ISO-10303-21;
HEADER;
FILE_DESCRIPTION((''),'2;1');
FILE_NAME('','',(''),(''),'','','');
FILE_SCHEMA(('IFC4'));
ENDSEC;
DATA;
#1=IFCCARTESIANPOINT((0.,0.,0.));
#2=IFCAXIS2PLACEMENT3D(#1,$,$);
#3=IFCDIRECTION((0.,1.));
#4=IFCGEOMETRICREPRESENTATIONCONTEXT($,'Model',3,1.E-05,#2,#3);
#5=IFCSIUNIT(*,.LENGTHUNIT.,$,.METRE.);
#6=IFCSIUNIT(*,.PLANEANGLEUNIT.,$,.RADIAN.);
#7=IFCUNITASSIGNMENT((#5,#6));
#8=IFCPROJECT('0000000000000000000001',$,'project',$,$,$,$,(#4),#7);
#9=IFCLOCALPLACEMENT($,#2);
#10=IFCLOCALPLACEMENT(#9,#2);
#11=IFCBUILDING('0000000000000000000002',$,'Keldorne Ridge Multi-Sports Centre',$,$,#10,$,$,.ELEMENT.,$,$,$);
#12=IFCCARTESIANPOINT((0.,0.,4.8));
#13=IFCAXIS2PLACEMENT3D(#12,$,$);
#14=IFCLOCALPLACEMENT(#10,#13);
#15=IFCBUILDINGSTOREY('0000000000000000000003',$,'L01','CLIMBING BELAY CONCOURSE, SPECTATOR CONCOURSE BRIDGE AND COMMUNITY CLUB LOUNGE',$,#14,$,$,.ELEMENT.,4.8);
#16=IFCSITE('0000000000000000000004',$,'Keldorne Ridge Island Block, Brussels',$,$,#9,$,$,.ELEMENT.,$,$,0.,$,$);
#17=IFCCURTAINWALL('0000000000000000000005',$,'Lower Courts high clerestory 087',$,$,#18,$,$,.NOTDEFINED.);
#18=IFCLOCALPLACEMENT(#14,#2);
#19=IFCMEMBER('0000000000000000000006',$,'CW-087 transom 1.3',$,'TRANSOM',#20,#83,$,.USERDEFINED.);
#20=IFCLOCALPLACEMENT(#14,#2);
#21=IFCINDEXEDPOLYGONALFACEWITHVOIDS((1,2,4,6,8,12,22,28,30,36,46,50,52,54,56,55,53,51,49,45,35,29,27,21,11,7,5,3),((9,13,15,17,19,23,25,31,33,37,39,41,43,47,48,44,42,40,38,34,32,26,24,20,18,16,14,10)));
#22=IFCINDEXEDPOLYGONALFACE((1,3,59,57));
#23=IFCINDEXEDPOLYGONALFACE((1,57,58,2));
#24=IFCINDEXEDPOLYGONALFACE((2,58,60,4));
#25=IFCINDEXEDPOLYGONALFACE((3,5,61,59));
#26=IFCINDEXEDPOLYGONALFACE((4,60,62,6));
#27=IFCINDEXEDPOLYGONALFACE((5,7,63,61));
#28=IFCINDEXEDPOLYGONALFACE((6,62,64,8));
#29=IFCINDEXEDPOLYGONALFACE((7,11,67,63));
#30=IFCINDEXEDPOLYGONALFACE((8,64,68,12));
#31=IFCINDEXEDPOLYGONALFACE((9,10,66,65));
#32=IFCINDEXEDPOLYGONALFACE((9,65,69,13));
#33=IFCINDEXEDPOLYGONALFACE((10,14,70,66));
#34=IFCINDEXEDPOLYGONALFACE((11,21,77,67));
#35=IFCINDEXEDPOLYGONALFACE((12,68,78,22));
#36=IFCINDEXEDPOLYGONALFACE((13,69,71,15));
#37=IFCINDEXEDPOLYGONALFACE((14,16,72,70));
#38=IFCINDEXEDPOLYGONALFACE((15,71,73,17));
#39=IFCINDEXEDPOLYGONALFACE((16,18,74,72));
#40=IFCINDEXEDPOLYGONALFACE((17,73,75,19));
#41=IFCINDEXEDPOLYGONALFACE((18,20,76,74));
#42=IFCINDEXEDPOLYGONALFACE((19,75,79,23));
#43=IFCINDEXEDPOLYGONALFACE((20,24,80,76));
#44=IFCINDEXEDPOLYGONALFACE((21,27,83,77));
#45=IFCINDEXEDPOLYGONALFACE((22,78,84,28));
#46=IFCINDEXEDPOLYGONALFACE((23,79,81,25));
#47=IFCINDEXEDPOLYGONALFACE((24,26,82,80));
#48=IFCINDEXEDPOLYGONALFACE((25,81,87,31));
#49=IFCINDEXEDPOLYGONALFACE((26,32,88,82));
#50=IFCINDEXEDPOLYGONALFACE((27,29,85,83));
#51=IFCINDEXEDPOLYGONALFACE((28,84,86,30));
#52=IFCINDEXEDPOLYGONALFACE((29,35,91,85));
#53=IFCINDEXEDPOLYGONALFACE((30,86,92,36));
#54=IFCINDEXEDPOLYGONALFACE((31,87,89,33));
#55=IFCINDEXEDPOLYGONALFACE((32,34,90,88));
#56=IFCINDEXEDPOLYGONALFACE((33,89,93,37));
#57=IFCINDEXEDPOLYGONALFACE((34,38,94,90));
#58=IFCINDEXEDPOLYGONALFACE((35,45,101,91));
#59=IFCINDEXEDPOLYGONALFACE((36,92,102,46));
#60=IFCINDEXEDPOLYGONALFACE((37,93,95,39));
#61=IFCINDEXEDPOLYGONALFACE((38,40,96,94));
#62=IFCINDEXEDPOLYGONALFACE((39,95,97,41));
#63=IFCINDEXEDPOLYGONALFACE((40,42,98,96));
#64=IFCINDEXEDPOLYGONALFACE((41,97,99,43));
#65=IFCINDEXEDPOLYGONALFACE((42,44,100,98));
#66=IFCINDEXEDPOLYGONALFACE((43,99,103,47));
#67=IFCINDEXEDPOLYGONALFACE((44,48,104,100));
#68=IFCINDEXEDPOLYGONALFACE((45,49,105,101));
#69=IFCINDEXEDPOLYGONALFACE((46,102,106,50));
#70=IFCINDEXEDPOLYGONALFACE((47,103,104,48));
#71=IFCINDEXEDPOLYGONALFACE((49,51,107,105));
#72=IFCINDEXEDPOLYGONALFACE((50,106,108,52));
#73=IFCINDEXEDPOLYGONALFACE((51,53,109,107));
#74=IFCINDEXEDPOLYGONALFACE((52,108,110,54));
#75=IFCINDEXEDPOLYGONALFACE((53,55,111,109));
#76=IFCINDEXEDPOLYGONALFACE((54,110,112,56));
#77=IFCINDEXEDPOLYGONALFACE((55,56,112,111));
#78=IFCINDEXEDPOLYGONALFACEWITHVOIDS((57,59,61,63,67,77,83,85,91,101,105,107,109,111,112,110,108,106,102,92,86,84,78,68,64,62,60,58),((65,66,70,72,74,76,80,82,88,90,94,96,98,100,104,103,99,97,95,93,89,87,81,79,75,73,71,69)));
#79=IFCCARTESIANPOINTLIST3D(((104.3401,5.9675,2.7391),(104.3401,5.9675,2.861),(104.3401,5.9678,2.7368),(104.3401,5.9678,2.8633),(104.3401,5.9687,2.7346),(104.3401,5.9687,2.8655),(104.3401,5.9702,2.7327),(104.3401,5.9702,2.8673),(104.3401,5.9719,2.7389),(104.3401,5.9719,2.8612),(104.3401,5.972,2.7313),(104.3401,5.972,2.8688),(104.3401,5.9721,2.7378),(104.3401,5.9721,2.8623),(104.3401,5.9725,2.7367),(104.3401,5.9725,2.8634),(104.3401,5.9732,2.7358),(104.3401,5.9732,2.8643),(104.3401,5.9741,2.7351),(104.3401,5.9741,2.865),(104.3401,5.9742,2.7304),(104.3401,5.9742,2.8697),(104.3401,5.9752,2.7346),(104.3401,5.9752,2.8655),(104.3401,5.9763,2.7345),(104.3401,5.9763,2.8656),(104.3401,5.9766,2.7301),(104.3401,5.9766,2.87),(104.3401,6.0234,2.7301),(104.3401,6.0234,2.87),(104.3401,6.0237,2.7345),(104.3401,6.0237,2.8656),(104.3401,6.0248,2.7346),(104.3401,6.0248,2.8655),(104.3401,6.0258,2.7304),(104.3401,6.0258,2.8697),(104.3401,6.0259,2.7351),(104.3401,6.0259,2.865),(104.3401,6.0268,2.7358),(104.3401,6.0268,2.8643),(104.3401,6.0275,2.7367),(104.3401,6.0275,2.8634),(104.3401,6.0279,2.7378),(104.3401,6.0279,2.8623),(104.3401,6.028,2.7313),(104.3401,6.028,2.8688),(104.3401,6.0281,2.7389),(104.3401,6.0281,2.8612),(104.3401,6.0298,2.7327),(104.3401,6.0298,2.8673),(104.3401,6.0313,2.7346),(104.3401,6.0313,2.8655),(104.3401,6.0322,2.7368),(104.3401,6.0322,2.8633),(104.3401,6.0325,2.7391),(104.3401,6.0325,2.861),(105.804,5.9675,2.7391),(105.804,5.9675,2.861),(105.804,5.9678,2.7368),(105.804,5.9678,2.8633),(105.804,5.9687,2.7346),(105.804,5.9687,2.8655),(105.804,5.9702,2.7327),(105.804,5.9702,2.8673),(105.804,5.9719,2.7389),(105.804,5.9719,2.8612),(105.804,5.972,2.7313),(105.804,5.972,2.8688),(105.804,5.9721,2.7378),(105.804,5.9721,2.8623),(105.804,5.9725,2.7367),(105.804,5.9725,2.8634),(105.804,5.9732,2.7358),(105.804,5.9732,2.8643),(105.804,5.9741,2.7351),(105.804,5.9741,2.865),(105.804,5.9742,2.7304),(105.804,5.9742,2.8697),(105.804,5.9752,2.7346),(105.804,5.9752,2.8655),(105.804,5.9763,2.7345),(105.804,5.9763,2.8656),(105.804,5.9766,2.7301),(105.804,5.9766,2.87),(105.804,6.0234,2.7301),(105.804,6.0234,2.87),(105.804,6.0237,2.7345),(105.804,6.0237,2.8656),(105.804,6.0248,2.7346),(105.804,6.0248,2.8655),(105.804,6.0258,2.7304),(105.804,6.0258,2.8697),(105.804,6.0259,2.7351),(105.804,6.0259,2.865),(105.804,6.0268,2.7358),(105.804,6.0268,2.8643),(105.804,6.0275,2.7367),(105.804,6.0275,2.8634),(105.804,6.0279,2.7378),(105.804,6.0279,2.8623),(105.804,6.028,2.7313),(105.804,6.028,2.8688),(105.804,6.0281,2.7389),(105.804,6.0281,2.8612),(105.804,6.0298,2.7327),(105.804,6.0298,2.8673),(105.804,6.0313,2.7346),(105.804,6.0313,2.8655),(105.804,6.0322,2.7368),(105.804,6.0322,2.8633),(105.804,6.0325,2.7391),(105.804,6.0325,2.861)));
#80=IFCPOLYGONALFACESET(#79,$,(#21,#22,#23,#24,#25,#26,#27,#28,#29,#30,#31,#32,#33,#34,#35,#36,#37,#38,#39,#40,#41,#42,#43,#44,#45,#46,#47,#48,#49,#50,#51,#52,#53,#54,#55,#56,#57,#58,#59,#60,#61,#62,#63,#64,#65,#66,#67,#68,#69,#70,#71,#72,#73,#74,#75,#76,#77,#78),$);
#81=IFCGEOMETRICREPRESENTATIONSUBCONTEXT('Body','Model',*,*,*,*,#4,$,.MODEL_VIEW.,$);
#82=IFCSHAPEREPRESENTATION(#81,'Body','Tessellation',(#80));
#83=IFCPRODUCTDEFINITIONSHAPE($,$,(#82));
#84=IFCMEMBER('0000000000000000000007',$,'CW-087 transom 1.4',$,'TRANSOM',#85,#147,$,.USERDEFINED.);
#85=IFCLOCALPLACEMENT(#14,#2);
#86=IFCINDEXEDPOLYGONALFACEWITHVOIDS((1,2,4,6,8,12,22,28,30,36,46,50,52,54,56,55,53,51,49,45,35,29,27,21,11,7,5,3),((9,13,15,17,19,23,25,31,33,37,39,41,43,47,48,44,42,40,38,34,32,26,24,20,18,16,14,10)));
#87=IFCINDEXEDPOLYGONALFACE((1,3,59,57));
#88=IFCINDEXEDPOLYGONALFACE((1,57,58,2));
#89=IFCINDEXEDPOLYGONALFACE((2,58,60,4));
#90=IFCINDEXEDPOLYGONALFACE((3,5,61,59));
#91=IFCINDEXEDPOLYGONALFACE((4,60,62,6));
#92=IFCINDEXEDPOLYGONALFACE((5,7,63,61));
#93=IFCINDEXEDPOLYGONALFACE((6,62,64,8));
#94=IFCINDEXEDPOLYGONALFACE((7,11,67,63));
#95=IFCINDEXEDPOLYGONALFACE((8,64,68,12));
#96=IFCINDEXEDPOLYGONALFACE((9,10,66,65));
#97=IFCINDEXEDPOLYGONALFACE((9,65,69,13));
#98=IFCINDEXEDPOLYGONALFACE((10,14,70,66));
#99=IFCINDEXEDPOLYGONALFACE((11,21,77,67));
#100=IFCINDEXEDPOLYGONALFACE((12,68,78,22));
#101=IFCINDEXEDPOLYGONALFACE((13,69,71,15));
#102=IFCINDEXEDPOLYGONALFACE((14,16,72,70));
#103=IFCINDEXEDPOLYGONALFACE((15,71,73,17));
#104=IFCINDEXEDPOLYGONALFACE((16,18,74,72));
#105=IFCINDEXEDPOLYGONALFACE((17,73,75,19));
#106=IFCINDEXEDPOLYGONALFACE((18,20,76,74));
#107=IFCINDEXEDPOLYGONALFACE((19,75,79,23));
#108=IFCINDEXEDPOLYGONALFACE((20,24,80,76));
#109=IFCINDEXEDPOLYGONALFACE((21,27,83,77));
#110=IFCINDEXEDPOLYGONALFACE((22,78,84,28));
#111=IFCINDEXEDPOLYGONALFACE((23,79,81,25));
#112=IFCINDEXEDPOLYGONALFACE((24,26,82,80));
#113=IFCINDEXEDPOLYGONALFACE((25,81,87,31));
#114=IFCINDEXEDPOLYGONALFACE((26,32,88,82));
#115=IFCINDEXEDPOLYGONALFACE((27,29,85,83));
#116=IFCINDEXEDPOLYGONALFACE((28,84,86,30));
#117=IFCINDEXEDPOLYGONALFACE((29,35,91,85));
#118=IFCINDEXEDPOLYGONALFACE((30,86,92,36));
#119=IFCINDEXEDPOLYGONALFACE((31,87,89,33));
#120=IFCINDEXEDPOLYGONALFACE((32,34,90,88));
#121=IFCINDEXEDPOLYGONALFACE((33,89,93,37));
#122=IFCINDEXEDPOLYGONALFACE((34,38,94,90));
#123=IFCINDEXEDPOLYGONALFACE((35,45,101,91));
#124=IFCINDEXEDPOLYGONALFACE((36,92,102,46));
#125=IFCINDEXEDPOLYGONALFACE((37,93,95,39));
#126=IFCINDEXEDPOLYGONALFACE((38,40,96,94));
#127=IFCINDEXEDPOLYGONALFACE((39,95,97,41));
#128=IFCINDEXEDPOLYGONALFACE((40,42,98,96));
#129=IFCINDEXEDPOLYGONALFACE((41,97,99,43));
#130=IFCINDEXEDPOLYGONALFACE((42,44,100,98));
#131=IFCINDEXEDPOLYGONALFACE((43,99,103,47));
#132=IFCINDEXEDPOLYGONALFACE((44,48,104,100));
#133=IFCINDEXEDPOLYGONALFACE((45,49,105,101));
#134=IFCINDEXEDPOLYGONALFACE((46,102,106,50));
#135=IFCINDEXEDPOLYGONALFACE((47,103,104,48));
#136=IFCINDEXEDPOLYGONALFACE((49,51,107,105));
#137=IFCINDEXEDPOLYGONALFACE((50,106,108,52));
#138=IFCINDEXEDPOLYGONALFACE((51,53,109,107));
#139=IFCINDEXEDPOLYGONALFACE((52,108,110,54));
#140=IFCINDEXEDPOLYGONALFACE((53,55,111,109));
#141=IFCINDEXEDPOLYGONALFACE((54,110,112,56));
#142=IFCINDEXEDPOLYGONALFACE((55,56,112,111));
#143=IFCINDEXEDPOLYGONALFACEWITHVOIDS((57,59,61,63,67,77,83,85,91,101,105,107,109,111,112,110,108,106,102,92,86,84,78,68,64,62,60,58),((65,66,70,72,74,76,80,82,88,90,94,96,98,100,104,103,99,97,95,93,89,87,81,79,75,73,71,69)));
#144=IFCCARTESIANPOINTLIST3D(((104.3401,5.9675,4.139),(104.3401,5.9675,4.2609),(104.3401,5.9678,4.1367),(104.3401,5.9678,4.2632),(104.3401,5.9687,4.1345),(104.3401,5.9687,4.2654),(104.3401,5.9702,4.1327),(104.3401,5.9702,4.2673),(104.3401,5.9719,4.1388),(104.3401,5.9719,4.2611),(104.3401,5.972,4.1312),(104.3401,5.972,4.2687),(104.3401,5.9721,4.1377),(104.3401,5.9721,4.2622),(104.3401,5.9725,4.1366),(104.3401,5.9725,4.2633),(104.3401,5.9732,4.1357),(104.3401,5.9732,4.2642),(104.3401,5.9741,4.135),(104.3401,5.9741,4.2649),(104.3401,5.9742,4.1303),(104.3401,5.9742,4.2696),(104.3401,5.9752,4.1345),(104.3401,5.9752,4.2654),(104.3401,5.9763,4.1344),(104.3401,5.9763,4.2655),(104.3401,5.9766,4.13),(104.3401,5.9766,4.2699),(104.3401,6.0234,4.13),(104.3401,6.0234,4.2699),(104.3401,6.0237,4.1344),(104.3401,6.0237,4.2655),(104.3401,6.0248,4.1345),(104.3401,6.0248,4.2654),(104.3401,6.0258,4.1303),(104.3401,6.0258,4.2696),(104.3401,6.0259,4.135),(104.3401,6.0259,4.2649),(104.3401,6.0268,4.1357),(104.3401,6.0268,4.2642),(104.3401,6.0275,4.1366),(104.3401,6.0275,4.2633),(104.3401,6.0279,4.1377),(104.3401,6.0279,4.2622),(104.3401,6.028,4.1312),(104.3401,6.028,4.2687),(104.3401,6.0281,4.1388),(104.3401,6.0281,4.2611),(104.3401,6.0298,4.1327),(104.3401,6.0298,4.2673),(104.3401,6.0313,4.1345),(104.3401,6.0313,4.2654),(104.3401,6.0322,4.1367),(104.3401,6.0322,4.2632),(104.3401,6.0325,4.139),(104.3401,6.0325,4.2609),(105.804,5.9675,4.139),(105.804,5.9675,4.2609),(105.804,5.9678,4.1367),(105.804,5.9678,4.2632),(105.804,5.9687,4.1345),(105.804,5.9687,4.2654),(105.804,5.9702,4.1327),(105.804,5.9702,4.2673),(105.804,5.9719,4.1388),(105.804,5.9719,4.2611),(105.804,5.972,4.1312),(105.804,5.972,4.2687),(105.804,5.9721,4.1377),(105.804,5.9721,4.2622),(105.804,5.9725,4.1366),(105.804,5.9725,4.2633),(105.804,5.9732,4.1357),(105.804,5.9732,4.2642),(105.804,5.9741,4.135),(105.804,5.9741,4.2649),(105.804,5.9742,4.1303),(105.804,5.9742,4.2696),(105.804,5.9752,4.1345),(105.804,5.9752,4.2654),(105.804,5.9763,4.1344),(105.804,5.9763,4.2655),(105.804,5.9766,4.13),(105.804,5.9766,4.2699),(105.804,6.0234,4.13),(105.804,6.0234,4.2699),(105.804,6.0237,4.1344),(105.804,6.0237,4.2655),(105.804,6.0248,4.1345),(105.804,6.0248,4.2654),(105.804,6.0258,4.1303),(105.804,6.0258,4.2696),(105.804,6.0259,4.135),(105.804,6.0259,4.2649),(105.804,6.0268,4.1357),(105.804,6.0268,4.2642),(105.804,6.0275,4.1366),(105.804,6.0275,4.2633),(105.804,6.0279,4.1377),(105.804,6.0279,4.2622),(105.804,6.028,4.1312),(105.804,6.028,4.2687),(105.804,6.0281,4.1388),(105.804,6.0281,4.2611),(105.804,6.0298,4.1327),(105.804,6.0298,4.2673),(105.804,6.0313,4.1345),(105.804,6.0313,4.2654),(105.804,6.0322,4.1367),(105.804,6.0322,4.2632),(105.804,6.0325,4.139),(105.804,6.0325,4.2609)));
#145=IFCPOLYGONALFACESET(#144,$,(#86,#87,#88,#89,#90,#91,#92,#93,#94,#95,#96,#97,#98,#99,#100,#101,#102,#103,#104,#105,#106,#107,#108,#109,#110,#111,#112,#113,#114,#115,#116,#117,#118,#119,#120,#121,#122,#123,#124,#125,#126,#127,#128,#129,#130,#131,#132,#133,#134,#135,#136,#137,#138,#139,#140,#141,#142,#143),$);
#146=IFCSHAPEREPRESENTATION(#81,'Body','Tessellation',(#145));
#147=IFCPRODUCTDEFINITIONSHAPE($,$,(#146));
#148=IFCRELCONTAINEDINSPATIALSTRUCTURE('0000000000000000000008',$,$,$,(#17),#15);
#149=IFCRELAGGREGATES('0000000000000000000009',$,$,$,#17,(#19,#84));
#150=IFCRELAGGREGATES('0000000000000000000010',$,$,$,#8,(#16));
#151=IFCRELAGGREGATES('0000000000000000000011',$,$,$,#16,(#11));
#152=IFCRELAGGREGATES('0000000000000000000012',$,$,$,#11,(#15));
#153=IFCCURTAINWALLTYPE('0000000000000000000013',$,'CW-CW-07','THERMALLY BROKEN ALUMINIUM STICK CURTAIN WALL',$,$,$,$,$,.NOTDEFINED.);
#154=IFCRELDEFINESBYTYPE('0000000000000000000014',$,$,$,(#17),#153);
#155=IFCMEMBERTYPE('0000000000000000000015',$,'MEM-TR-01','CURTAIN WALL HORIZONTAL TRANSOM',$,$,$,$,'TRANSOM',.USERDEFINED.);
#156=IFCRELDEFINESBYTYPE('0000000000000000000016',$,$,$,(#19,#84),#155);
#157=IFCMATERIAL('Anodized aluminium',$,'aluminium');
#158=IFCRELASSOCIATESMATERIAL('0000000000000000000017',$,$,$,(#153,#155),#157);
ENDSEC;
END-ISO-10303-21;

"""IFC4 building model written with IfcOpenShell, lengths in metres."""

from ifc_helpers import new_model, si_unit, direction, frame, origin, origin_2d, place, context, subcontext, project, spatial, hollow_rectangle, extrude, material, material_profile, profile_set, type_object, element, aggregate, save


model = new_model("IFC4")

# Units and contexts
model_context = context("Model", 3, precision=1e-05, world=origin(), true_north=direction((0.0, 1.0)))
body_context = subcontext(model_context, "Body", "Model", "MODEL_VIEW")
ifc_project = project(units=[si_unit("LENGTHUNIT", "METRE"), si_unit("PLANEANGLEUNIT", "RADIAN")], contexts=[model_context])

# Site, building, storey
site_placement = place(None, origin())
site = spatial("IfcSite", under=ifc_project, at=site_placement, Name="Keldorne Ridge Island Block, Brussels", CompositionType="ELEMENT", RefElevation=0.0)
building_placement = place(site_placement, origin())
building = spatial("IfcBuilding", under=site, at=building_placement, Name="Keldorne Ridge Multi-Sports Centre", CompositionType="ELEMENT")
storey_placement = place(building_placement, frame((0.0, 0.0, 4.8)))
storey = spatial("IfcBuildingStorey", under=building, at=storey_placement, Name="L01", Description="CLIMBING BELAY CONCOURSE, SPECTATOR CONCOURSE BRIDGE AND COMMUNITY CLUB LOUNGE", CompositionType="ELEMENT", Elevation=4.8)

# Curtain wall, members
ifc_material_1 = material(Name="Anodized aluminium", Category="aluminium")
curtain_wall_type = type_object("IfcCurtainWallType", Name="CW-CW-07", Description="THERMALLY BROKEN ALUMINIUM STICK CURTAIN WALL", PredefinedType="NOTDEFINED", material=ifc_material_1)
curtain_wall_placement = place(storey_placement, origin())
curtain_wall = element("IfcCurtainWall", 1, at=curtain_wall_placement, inside=storey, type_object=curtain_wall_type, Name="Lower Courts high clerestory 087", PredefinedType="NOTDEFINED")
ifc_material_profile_1 = material_profile(ifc_material_1, hollow_rectangle(XDim=0.0649, YDim=0.1399, WallThickness=0.0044, InnerFilletRadius=0.0044, OuterFilletRadius=0.009, at=origin_2d()), Name="ALU TRANSOM 140x65x4.5")
ifc_profile_set_1 = profile_set([ifc_material_profile_1], Name="Anodized aluminium")
member_type_1 = type_object("IfcMemberType", Name="MEM-TR-01", Description="CURTAIN WALL HORIZONTAL TRANSOM", ElementType="TRANSOM", PredefinedType="USERDEFINED", material=ifc_profile_set_1)
member_1_placement = place(storey_placement, frame((104.3401, 6.0, 2.8), z_axis=(1.0, 0.0, 0.0), x_axis=(0.0, 1.0, 0.0)))
member_1 = element("IfcMember", 2, at=member_1_placement, type_object=member_type_1, Name="CW-087 transom 1.3", ObjectType="TRANSOM", PredefinedType="USERDEFINED", context=body_context, shape_type="SweptSolid", body=[
    extrude(hollow_rectangle(XDim=0.0649, YDim=0.1399, WallThickness=0.0044, InnerFilletRadius=0.0044, OuterFilletRadius=0.009, at=origin_2d()), origin(), (0.0, 0.0, 1.0), 1.4639),
])
member_2_placement = place(storey_placement, frame((104.3401, 6.0, 4.2), z_axis=(1.0, 0.0, 0.0), x_axis=(0.0, 1.0, 0.0)))
member_2 = element("IfcMember", 3, at=member_2_placement, type_object=member_type_1, Name="CW-087 transom 1.4", ObjectType="TRANSOM", PredefinedType="USERDEFINED", context=body_context, shape_type="SweptSolid", body=[
    extrude(hollow_rectangle(XDim=0.0649, YDim=0.1399, WallThickness=0.0044, InnerFilletRadius=0.0044, OuterFilletRadius=0.009, at=origin_2d()), origin(), (0.0, 0.0, 1.0), 1.4639),
])
aggregate(curtain_wall, [member_1, member_2])

save(model, "model.ifc")
